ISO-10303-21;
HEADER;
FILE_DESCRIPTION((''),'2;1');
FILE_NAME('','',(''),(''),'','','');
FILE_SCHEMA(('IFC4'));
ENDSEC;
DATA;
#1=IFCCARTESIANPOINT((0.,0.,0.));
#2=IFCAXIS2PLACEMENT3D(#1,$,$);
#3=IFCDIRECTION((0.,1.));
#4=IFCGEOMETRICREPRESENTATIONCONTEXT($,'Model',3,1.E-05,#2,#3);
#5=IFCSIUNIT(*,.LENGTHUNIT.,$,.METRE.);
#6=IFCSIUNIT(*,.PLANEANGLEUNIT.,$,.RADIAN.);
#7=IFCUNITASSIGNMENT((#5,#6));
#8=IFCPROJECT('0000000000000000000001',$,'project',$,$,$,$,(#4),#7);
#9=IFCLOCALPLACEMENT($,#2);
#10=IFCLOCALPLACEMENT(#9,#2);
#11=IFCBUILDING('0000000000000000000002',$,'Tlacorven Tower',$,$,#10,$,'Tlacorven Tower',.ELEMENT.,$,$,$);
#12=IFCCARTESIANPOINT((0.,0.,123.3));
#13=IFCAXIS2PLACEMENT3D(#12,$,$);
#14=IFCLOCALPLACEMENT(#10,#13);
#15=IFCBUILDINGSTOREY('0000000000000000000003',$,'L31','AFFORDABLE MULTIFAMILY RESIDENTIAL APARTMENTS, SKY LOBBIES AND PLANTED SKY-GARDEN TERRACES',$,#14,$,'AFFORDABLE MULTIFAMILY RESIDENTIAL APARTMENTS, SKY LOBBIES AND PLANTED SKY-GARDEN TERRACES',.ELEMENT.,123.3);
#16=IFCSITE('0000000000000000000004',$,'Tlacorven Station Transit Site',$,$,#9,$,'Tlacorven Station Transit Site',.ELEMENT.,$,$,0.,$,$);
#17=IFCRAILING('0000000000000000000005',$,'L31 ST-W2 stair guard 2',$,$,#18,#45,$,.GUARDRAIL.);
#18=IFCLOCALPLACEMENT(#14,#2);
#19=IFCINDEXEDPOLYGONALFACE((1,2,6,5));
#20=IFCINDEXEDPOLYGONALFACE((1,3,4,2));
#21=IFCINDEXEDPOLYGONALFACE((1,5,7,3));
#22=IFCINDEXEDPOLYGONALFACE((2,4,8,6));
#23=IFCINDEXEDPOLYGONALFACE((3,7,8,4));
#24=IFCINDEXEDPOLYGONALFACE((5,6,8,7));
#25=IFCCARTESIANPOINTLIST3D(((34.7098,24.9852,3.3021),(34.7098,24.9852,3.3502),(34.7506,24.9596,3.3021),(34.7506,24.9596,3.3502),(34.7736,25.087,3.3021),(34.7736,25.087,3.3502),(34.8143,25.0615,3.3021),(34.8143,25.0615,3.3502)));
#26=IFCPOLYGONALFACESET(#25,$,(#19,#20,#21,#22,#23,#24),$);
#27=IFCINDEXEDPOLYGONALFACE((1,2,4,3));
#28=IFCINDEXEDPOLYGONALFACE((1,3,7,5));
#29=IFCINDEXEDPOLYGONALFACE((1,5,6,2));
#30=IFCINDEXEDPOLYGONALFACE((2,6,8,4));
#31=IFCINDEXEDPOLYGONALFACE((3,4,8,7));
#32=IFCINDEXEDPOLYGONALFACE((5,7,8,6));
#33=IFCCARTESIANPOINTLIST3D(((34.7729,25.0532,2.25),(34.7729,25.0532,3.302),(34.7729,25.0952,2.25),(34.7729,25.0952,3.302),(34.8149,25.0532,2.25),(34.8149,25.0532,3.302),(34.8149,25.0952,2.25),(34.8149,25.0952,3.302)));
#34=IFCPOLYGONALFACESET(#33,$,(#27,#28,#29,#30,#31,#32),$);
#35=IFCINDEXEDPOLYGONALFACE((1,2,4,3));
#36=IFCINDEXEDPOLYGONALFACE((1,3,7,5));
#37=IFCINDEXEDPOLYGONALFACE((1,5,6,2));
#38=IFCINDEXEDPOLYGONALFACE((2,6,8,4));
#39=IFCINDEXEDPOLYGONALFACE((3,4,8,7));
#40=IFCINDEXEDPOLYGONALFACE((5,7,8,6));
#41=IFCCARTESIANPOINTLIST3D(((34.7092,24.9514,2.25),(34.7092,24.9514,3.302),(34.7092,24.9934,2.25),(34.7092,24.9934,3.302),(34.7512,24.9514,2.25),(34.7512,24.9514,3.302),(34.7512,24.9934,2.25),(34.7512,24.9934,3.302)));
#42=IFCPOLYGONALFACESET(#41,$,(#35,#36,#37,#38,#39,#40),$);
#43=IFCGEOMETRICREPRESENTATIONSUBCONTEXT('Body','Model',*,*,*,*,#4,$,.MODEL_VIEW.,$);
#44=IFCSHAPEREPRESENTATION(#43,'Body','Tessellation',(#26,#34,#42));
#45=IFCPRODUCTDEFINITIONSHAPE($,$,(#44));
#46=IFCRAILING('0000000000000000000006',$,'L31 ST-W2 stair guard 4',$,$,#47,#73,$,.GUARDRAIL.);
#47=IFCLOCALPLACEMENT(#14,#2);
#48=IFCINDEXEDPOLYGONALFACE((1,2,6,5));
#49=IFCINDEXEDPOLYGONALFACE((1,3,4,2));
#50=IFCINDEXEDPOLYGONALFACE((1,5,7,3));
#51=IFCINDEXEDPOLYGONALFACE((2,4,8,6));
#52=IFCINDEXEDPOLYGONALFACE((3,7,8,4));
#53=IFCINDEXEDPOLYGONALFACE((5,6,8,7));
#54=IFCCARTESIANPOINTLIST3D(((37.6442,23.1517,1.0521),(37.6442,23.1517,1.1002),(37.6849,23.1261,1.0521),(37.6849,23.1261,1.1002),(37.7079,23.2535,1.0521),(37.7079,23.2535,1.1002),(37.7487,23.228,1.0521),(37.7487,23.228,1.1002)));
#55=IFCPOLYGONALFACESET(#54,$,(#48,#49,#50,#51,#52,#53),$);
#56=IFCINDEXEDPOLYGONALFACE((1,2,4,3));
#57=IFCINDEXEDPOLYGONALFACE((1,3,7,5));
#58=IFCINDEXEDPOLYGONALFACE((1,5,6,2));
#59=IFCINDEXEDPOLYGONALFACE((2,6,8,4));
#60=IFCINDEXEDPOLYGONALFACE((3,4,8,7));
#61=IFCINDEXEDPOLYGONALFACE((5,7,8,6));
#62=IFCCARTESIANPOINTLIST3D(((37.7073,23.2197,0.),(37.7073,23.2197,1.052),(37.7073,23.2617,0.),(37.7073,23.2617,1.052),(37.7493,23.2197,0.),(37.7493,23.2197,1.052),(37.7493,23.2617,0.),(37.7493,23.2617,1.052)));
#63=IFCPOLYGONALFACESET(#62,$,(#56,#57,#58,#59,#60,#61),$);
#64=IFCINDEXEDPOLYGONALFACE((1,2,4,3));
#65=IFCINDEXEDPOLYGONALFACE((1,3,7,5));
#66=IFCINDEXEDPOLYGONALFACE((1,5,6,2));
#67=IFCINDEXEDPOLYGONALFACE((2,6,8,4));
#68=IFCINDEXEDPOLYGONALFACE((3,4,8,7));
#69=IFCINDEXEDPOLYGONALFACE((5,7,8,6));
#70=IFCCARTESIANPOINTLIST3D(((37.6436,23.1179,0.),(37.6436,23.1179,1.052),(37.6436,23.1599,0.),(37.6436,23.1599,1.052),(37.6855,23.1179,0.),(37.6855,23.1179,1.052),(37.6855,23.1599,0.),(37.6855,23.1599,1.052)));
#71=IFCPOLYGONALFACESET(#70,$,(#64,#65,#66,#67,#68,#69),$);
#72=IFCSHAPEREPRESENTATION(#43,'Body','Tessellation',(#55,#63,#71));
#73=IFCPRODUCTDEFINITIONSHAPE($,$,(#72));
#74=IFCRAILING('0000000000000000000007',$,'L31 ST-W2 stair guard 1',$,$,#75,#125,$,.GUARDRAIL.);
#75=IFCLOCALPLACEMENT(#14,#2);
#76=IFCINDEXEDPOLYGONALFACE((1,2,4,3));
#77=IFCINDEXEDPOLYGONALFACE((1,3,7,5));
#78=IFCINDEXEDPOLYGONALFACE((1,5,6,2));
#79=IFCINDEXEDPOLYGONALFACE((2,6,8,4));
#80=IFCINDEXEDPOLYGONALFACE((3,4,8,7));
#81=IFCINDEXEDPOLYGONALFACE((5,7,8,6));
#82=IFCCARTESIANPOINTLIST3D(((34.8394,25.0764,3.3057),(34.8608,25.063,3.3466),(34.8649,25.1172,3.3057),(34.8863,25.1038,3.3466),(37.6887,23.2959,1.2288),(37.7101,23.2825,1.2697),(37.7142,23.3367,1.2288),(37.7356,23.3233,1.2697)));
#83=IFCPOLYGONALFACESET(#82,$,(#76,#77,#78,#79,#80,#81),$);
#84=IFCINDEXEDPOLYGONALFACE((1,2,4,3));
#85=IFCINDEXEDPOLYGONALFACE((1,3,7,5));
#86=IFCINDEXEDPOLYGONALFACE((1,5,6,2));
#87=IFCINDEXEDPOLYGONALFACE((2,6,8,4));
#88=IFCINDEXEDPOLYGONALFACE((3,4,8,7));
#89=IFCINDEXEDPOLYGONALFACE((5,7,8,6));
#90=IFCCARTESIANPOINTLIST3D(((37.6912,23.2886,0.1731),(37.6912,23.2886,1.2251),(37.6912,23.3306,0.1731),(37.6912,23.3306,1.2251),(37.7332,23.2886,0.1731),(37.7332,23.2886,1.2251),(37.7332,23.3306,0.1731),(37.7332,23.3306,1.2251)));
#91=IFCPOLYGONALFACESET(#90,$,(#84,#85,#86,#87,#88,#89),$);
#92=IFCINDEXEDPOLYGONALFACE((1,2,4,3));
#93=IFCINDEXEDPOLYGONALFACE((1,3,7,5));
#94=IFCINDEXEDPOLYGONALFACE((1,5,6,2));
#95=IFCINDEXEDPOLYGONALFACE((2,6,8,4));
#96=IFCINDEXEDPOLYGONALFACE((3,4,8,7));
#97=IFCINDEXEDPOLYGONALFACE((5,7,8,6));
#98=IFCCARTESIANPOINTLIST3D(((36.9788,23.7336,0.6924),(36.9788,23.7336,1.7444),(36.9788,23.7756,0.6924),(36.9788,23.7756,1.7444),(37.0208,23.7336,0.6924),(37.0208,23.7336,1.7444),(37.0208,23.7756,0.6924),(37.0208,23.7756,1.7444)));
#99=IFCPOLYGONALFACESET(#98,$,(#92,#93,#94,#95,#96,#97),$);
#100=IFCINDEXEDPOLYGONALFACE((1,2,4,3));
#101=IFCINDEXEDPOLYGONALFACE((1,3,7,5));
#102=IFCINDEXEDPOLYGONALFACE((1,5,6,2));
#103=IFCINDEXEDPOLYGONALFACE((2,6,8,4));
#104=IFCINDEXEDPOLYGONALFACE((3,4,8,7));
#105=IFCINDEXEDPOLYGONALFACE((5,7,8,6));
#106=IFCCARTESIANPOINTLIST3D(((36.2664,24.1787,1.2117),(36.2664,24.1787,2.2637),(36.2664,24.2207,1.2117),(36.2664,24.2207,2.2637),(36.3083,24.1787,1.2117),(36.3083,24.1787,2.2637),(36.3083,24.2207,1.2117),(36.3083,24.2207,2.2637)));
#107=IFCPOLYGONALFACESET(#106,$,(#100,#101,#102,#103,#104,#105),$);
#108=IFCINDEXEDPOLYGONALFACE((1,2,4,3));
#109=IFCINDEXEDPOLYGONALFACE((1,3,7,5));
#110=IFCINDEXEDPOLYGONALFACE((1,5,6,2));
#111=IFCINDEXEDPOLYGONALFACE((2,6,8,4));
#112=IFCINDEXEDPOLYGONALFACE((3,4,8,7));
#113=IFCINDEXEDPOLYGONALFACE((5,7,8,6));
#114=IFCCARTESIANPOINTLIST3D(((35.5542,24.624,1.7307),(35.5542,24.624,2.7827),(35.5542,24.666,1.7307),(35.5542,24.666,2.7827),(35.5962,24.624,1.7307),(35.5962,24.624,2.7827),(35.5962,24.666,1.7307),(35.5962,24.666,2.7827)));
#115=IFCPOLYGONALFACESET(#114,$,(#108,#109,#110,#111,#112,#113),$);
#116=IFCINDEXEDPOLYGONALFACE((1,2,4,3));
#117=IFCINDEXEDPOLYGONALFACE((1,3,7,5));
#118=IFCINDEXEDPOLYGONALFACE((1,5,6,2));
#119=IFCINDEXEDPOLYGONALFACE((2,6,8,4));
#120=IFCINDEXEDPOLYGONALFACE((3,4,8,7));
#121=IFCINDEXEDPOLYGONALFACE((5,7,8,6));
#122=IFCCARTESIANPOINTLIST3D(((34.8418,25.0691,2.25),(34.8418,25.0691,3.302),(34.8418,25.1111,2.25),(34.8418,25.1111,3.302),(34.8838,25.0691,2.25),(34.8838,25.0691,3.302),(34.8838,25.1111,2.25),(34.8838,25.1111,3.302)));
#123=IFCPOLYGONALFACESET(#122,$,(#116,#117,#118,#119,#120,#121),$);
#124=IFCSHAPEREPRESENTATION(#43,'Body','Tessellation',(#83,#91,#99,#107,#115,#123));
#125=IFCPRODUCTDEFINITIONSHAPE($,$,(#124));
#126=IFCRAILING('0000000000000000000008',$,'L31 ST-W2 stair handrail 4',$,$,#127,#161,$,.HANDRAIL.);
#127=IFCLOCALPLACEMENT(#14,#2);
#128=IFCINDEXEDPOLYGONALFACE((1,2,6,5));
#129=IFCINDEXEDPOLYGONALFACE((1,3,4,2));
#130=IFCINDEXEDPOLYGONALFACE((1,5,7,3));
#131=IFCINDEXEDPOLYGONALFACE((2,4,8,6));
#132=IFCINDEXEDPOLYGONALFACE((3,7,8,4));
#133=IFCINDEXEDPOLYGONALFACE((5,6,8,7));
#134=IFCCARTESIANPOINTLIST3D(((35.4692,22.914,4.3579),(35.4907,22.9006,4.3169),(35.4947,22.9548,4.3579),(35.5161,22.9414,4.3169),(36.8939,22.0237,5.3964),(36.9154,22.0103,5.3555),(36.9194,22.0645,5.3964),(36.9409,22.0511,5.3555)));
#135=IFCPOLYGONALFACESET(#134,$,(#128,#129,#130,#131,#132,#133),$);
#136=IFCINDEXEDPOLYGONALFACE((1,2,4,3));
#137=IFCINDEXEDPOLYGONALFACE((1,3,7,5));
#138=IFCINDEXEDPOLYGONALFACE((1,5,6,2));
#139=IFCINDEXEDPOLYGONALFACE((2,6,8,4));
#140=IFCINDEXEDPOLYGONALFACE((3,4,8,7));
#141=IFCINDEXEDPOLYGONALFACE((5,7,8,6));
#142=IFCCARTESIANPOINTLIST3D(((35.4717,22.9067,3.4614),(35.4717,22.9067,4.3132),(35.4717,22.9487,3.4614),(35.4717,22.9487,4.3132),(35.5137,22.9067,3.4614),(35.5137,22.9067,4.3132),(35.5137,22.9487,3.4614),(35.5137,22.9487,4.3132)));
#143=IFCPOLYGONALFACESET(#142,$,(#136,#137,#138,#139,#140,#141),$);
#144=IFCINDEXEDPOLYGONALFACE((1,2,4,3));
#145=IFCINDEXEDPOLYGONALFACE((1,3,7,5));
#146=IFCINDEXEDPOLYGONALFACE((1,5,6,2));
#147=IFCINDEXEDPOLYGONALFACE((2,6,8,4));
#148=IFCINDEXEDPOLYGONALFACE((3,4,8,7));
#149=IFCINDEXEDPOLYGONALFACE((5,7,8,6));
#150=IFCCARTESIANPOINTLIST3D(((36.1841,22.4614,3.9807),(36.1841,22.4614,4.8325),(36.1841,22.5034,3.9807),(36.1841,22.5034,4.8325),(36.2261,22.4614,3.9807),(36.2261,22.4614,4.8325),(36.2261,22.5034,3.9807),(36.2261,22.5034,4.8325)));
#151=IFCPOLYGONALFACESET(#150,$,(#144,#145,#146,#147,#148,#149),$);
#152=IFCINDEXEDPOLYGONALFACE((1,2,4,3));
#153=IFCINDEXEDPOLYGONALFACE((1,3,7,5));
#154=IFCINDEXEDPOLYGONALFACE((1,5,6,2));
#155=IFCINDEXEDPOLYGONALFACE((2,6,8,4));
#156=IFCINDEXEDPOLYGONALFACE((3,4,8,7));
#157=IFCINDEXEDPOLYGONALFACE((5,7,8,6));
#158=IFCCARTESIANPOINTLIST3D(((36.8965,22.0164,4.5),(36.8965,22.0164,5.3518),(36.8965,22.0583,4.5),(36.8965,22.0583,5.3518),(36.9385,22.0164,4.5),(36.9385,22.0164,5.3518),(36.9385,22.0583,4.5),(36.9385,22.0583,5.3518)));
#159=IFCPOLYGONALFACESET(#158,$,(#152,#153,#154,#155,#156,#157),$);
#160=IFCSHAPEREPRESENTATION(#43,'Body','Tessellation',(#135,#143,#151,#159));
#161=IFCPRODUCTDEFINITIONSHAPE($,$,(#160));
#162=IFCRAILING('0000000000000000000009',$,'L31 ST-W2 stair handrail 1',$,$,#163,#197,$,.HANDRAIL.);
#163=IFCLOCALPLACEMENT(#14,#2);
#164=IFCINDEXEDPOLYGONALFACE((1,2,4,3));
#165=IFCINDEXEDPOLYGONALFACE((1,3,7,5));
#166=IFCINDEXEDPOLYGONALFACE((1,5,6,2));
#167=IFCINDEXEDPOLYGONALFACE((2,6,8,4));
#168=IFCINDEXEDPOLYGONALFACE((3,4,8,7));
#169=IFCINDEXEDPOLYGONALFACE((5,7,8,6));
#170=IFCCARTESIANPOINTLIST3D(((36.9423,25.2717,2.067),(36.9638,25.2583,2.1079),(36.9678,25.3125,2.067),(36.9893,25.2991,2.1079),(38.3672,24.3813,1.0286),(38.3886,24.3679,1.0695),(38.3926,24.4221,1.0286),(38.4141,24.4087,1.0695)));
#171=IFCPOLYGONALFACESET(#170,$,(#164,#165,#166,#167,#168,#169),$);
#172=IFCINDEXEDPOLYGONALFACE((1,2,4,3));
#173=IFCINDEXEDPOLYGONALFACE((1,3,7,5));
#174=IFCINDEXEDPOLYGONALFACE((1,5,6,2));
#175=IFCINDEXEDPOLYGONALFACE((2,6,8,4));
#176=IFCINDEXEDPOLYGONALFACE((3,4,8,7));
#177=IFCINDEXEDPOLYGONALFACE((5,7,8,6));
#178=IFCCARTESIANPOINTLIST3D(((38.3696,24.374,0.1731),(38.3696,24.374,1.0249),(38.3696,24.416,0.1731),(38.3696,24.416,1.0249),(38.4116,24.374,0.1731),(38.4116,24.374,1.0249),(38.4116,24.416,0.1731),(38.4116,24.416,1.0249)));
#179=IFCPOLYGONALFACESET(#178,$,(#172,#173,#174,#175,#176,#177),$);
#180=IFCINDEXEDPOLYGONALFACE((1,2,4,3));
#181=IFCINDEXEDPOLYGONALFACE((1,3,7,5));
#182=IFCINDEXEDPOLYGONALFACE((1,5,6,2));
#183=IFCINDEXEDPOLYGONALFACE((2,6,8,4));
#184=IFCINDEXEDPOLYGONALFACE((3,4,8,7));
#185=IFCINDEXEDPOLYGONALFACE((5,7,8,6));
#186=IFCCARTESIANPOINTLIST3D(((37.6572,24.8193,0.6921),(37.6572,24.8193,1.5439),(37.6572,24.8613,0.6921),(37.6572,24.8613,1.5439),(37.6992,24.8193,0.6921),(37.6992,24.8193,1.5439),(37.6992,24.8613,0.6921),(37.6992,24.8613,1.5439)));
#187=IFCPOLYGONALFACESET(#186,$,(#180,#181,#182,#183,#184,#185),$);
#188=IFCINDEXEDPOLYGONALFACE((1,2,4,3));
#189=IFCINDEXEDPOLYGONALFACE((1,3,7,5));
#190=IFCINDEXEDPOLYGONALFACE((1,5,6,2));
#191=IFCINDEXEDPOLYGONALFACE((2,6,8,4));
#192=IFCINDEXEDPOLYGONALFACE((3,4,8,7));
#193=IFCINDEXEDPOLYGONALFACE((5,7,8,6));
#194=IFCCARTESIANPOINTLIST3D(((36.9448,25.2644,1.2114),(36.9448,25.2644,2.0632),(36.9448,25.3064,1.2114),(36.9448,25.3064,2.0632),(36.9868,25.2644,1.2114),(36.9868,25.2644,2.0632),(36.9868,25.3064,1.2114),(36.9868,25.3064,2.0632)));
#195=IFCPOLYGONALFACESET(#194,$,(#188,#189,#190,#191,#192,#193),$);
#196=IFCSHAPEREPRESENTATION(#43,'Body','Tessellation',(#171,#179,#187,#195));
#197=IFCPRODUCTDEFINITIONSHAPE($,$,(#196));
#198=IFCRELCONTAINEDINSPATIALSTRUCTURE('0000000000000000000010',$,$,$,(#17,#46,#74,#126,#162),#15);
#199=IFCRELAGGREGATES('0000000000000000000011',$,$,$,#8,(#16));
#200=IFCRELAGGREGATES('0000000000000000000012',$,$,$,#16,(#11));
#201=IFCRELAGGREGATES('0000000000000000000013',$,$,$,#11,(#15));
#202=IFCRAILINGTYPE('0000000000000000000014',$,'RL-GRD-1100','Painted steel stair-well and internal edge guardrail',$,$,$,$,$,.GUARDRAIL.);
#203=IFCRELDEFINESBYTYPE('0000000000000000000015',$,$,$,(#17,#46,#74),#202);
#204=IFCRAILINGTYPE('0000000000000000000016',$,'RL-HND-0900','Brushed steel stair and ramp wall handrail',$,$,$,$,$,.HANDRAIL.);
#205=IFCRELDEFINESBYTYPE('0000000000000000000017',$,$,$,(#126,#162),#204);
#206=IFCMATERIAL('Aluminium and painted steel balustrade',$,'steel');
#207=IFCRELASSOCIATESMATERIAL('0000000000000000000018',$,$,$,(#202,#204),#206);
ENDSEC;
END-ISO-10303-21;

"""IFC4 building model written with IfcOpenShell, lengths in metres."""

from ifc_helpers import new_model, si_unit, direction, frame, origin, origin_2d, place, context, subcontext, project, spatial, rectangle, extrude, source, transform, mapped, material, type_object, element, save


model = new_model("IFC4")

# Units and contexts
model_context = context("Model", 3, precision=1e-05, world=origin(), true_north=direction((0.0, 1.0)))
body_context = subcontext(model_context, "Body", "Model", "MODEL_VIEW")
ifc_project = project(units=[si_unit("LENGTHUNIT", "METRE"), si_unit("PLANEANGLEUNIT", "RADIAN")], contexts=[model_context])

# Site, building, storey
site_placement = place(None, origin())
site = spatial("IfcSite", under=ifc_project, at=site_placement, Name="Tlacorven Station Transit Site", LongName="Tlacorven Station Transit Site", CompositionType="ELEMENT", RefElevation=0.0)
building_placement = place(site_placement, origin())
building = spatial("IfcBuilding", under=site, at=building_placement, Name="Tlacorven Tower", LongName="Tlacorven Tower", CompositionType="ELEMENT")
storey_placement = place(building_placement, frame((0.0, 0.0, 123.3)))
storey = spatial("IfcBuildingStorey", under=building, at=storey_placement, Name="L31", Description="AFFORDABLE MULTIFAMILY RESIDENTIAL APARTMENTS, SKY LOBBIES AND PLANTED SKY-GARDEN TERRACES", LongName="AFFORDABLE MULTIFAMILY RESIDENTIAL APARTMENTS, SKY LOBBIES AND PLANTED SKY-GARDEN TERRACES", CompositionType="ELEMENT", Elevation=123.3)

# Railings
ifc_material_1 = material(Name="Aluminium and painted steel balustrade", Category="steel")
railing_type_1 = type_object("IfcRailingType", Name="RL-GRD-1100", Description="Painted steel stair-well and internal edge guardrail", PredefinedType="GUARDRAIL", material=ifc_material_1)
shared_shape_1 = source(origin(), body_context, "Body", "SweptSolid", [
    extrude(rectangle(XDim=0.0481, YDim=0.0481, at=origin_2d()), frame((0.0, 0.0, 1.0762), z_axis=(-0.530547, -0.847656, 0.0), x_axis=(0.847656, -0.530547, 0.0)), (0.0, 0.0, 1.0), 0.1201),
    extrude(rectangle(XDim=0.042, YDim=0.042, at=origin_2d()), origin(), (0.0, 0.0, 1.0), 1.052),
    extrude(rectangle(XDim=0.042, YDim=0.042, at=origin_2d()), frame((-0.0637, -0.1018, 0.0)), (0.0, 0.0, 1.0), 1.052),
])
for number, where, name in (
    (1, (34.7939, 25.0742, 2.25), "L31 ST-W2 stair guard 2"),
    (2, (37.7283, 23.2407, 0.0), "L31 ST-W2 stair guard 4"),
):
    element("IfcRailing", number, at=place(storey_placement, frame(where)), inside=storey, type_object=railing_type_1, Name=name, PredefinedType="GUARDRAIL", context=body_context, shape_type="MappedRepresentation", body=[
        mapped(shared_shape_1, transform((0.0, 0.0, 0.0), scale=1.0)),
    ])
shared_shape_2 = source(origin(), body_context, "Body", "SweptSolid", [
    extrude(rectangle(XDim=0.0481, YDim=0.0481, at=origin_2d()), frame((0.0, 0.0, 1.0762), z_axis=(-0.721355, 0.450762, 0.525796), x_axis=(-0.529927, -0.848043, 0.0)), (0.0, 0.0, 1.0), 3.95),
    extrude(rectangle(XDim=0.042, YDim=0.042, at=origin_2d()), origin(), (0.0, 0.0, 1.0), 1.052),
    extrude(rectangle(XDim=0.042, YDim=0.042, at=origin_2d()), frame((-0.7124, 0.4451, 0.5193)), (0.0, 0.0, 1.0), 1.052),
    extrude(rectangle(XDim=0.042, YDim=0.042, at=origin_2d()), frame((-1.4248, 0.8901, 1.0386)), (0.0, 0.0, 1.0), 1.052),
    extrude(rectangle(XDim=0.042, YDim=0.042, at=origin_2d()), frame((-2.137, 1.3354, 1.5576)), (0.0, 0.0, 1.0), 1.052),
    extrude(rectangle(XDim=0.042, YDim=0.042, at=origin_2d()), frame((-2.8494, 1.7805, 2.0769)), (0.0, 0.0, 1.0), 1.052),
])
railing_1_placement = place(storey_placement, frame((37.7122, 23.3096, 0.1731)))
element("IfcRailing", 3, at=railing_1_placement, inside=storey, type_object=railing_type_1, Name="L31 ST-W2 stair guard 1", PredefinedType="GUARDRAIL", context=body_context, shape_type="MappedRepresentation", body=[
    mapped(shared_shape_2, transform((0.0, 0.0, 0.0), scale=1.0)),
])
railing_type_2 = type_object("IfcRailingType", Name="RL-HND-0900", Description="Brushed steel stair and ramp wall handrail", PredefinedType="HANDRAIL", material=ifc_material_1)
shared_shape_3 = source(origin(), body_context, "Body", "SweptSolid", [
    extrude(rectangle(XDim=0.0481, YDim=0.0481, at=origin_2d()), frame((0.0, 0.0, 0.876), z_axis=(0.721341, -0.450776, 0.525803), x_axis=(0.529947, 0.848031, 0.0)), (0.0, 0.0, 1.0), 1.9751),
    extrude(rectangle(XDim=0.042, YDim=0.042, at=origin_2d()), origin(), (0.0, 0.0, 1.0), 0.8518),
    extrude(rectangle(XDim=0.042, YDim=0.042, at=origin_2d()), frame((0.7124, -0.4453, 0.5193)), (0.0, 0.0, 1.0), 0.8518),
    extrude(rectangle(XDim=0.042, YDim=0.042, at=origin_2d()), frame((1.4248, -0.8904, 1.0386)), (0.0, 0.0, 1.0), 0.8518),
])
railing_2_placement = place(storey_placement, frame((35.4927, 22.9277, 3.4614)))
element("IfcRailing", 4, at=railing_2_placement, inside=storey, type_object=railing_type_2, Name="L31 ST-W2 stair handrail 4", PredefinedType="HANDRAIL", context=body_context, shape_type="MappedRepresentation", body=[
    mapped(shared_shape_3, transform((0.0, 0.0, 0.0), scale=1.0)),
])
shared_shape_4 = source(origin(), body_context, "Body", "SweptSolid", [
    extrude(rectangle(XDim=0.0481, YDim=0.0481, at=origin_2d()), frame((0.0, 0.0, 0.876), z_axis=(-0.721388, 0.450805, 0.525713), x_axis=(-0.529947, -0.848031, 0.0)), (0.0, 0.0, 1.0), 1.9751),
    extrude(rectangle(XDim=0.042, YDim=0.042, at=origin_2d()), origin(), (0.0, 0.0, 1.0), 0.8518),
    extrude(rectangle(XDim=0.042, YDim=0.042, at=origin_2d()), frame((-0.7124, 0.4453, 0.519)), (0.0, 0.0, 1.0), 0.8518),
    extrude(rectangle(XDim=0.042, YDim=0.042, at=origin_2d()), frame((-1.4248, 0.8904, 1.0383)), (0.0, 0.0, 1.0), 0.8518),
])
railing_3_placement = place(storey_placement, frame((38.3906, 24.395, 0.1731)))
element("IfcRailing", 5, at=railing_3_placement, inside=storey, type_object=railing_type_2, Name="L31 ST-W2 stair handrail 1", PredefinedType="HANDRAIL", context=body_context, shape_type="MappedRepresentation", body=[
    mapped(shared_shape_4, transform((0.0, 0.0, 0.0), scale=1.0)),
])

save(model, "model.ifc")
